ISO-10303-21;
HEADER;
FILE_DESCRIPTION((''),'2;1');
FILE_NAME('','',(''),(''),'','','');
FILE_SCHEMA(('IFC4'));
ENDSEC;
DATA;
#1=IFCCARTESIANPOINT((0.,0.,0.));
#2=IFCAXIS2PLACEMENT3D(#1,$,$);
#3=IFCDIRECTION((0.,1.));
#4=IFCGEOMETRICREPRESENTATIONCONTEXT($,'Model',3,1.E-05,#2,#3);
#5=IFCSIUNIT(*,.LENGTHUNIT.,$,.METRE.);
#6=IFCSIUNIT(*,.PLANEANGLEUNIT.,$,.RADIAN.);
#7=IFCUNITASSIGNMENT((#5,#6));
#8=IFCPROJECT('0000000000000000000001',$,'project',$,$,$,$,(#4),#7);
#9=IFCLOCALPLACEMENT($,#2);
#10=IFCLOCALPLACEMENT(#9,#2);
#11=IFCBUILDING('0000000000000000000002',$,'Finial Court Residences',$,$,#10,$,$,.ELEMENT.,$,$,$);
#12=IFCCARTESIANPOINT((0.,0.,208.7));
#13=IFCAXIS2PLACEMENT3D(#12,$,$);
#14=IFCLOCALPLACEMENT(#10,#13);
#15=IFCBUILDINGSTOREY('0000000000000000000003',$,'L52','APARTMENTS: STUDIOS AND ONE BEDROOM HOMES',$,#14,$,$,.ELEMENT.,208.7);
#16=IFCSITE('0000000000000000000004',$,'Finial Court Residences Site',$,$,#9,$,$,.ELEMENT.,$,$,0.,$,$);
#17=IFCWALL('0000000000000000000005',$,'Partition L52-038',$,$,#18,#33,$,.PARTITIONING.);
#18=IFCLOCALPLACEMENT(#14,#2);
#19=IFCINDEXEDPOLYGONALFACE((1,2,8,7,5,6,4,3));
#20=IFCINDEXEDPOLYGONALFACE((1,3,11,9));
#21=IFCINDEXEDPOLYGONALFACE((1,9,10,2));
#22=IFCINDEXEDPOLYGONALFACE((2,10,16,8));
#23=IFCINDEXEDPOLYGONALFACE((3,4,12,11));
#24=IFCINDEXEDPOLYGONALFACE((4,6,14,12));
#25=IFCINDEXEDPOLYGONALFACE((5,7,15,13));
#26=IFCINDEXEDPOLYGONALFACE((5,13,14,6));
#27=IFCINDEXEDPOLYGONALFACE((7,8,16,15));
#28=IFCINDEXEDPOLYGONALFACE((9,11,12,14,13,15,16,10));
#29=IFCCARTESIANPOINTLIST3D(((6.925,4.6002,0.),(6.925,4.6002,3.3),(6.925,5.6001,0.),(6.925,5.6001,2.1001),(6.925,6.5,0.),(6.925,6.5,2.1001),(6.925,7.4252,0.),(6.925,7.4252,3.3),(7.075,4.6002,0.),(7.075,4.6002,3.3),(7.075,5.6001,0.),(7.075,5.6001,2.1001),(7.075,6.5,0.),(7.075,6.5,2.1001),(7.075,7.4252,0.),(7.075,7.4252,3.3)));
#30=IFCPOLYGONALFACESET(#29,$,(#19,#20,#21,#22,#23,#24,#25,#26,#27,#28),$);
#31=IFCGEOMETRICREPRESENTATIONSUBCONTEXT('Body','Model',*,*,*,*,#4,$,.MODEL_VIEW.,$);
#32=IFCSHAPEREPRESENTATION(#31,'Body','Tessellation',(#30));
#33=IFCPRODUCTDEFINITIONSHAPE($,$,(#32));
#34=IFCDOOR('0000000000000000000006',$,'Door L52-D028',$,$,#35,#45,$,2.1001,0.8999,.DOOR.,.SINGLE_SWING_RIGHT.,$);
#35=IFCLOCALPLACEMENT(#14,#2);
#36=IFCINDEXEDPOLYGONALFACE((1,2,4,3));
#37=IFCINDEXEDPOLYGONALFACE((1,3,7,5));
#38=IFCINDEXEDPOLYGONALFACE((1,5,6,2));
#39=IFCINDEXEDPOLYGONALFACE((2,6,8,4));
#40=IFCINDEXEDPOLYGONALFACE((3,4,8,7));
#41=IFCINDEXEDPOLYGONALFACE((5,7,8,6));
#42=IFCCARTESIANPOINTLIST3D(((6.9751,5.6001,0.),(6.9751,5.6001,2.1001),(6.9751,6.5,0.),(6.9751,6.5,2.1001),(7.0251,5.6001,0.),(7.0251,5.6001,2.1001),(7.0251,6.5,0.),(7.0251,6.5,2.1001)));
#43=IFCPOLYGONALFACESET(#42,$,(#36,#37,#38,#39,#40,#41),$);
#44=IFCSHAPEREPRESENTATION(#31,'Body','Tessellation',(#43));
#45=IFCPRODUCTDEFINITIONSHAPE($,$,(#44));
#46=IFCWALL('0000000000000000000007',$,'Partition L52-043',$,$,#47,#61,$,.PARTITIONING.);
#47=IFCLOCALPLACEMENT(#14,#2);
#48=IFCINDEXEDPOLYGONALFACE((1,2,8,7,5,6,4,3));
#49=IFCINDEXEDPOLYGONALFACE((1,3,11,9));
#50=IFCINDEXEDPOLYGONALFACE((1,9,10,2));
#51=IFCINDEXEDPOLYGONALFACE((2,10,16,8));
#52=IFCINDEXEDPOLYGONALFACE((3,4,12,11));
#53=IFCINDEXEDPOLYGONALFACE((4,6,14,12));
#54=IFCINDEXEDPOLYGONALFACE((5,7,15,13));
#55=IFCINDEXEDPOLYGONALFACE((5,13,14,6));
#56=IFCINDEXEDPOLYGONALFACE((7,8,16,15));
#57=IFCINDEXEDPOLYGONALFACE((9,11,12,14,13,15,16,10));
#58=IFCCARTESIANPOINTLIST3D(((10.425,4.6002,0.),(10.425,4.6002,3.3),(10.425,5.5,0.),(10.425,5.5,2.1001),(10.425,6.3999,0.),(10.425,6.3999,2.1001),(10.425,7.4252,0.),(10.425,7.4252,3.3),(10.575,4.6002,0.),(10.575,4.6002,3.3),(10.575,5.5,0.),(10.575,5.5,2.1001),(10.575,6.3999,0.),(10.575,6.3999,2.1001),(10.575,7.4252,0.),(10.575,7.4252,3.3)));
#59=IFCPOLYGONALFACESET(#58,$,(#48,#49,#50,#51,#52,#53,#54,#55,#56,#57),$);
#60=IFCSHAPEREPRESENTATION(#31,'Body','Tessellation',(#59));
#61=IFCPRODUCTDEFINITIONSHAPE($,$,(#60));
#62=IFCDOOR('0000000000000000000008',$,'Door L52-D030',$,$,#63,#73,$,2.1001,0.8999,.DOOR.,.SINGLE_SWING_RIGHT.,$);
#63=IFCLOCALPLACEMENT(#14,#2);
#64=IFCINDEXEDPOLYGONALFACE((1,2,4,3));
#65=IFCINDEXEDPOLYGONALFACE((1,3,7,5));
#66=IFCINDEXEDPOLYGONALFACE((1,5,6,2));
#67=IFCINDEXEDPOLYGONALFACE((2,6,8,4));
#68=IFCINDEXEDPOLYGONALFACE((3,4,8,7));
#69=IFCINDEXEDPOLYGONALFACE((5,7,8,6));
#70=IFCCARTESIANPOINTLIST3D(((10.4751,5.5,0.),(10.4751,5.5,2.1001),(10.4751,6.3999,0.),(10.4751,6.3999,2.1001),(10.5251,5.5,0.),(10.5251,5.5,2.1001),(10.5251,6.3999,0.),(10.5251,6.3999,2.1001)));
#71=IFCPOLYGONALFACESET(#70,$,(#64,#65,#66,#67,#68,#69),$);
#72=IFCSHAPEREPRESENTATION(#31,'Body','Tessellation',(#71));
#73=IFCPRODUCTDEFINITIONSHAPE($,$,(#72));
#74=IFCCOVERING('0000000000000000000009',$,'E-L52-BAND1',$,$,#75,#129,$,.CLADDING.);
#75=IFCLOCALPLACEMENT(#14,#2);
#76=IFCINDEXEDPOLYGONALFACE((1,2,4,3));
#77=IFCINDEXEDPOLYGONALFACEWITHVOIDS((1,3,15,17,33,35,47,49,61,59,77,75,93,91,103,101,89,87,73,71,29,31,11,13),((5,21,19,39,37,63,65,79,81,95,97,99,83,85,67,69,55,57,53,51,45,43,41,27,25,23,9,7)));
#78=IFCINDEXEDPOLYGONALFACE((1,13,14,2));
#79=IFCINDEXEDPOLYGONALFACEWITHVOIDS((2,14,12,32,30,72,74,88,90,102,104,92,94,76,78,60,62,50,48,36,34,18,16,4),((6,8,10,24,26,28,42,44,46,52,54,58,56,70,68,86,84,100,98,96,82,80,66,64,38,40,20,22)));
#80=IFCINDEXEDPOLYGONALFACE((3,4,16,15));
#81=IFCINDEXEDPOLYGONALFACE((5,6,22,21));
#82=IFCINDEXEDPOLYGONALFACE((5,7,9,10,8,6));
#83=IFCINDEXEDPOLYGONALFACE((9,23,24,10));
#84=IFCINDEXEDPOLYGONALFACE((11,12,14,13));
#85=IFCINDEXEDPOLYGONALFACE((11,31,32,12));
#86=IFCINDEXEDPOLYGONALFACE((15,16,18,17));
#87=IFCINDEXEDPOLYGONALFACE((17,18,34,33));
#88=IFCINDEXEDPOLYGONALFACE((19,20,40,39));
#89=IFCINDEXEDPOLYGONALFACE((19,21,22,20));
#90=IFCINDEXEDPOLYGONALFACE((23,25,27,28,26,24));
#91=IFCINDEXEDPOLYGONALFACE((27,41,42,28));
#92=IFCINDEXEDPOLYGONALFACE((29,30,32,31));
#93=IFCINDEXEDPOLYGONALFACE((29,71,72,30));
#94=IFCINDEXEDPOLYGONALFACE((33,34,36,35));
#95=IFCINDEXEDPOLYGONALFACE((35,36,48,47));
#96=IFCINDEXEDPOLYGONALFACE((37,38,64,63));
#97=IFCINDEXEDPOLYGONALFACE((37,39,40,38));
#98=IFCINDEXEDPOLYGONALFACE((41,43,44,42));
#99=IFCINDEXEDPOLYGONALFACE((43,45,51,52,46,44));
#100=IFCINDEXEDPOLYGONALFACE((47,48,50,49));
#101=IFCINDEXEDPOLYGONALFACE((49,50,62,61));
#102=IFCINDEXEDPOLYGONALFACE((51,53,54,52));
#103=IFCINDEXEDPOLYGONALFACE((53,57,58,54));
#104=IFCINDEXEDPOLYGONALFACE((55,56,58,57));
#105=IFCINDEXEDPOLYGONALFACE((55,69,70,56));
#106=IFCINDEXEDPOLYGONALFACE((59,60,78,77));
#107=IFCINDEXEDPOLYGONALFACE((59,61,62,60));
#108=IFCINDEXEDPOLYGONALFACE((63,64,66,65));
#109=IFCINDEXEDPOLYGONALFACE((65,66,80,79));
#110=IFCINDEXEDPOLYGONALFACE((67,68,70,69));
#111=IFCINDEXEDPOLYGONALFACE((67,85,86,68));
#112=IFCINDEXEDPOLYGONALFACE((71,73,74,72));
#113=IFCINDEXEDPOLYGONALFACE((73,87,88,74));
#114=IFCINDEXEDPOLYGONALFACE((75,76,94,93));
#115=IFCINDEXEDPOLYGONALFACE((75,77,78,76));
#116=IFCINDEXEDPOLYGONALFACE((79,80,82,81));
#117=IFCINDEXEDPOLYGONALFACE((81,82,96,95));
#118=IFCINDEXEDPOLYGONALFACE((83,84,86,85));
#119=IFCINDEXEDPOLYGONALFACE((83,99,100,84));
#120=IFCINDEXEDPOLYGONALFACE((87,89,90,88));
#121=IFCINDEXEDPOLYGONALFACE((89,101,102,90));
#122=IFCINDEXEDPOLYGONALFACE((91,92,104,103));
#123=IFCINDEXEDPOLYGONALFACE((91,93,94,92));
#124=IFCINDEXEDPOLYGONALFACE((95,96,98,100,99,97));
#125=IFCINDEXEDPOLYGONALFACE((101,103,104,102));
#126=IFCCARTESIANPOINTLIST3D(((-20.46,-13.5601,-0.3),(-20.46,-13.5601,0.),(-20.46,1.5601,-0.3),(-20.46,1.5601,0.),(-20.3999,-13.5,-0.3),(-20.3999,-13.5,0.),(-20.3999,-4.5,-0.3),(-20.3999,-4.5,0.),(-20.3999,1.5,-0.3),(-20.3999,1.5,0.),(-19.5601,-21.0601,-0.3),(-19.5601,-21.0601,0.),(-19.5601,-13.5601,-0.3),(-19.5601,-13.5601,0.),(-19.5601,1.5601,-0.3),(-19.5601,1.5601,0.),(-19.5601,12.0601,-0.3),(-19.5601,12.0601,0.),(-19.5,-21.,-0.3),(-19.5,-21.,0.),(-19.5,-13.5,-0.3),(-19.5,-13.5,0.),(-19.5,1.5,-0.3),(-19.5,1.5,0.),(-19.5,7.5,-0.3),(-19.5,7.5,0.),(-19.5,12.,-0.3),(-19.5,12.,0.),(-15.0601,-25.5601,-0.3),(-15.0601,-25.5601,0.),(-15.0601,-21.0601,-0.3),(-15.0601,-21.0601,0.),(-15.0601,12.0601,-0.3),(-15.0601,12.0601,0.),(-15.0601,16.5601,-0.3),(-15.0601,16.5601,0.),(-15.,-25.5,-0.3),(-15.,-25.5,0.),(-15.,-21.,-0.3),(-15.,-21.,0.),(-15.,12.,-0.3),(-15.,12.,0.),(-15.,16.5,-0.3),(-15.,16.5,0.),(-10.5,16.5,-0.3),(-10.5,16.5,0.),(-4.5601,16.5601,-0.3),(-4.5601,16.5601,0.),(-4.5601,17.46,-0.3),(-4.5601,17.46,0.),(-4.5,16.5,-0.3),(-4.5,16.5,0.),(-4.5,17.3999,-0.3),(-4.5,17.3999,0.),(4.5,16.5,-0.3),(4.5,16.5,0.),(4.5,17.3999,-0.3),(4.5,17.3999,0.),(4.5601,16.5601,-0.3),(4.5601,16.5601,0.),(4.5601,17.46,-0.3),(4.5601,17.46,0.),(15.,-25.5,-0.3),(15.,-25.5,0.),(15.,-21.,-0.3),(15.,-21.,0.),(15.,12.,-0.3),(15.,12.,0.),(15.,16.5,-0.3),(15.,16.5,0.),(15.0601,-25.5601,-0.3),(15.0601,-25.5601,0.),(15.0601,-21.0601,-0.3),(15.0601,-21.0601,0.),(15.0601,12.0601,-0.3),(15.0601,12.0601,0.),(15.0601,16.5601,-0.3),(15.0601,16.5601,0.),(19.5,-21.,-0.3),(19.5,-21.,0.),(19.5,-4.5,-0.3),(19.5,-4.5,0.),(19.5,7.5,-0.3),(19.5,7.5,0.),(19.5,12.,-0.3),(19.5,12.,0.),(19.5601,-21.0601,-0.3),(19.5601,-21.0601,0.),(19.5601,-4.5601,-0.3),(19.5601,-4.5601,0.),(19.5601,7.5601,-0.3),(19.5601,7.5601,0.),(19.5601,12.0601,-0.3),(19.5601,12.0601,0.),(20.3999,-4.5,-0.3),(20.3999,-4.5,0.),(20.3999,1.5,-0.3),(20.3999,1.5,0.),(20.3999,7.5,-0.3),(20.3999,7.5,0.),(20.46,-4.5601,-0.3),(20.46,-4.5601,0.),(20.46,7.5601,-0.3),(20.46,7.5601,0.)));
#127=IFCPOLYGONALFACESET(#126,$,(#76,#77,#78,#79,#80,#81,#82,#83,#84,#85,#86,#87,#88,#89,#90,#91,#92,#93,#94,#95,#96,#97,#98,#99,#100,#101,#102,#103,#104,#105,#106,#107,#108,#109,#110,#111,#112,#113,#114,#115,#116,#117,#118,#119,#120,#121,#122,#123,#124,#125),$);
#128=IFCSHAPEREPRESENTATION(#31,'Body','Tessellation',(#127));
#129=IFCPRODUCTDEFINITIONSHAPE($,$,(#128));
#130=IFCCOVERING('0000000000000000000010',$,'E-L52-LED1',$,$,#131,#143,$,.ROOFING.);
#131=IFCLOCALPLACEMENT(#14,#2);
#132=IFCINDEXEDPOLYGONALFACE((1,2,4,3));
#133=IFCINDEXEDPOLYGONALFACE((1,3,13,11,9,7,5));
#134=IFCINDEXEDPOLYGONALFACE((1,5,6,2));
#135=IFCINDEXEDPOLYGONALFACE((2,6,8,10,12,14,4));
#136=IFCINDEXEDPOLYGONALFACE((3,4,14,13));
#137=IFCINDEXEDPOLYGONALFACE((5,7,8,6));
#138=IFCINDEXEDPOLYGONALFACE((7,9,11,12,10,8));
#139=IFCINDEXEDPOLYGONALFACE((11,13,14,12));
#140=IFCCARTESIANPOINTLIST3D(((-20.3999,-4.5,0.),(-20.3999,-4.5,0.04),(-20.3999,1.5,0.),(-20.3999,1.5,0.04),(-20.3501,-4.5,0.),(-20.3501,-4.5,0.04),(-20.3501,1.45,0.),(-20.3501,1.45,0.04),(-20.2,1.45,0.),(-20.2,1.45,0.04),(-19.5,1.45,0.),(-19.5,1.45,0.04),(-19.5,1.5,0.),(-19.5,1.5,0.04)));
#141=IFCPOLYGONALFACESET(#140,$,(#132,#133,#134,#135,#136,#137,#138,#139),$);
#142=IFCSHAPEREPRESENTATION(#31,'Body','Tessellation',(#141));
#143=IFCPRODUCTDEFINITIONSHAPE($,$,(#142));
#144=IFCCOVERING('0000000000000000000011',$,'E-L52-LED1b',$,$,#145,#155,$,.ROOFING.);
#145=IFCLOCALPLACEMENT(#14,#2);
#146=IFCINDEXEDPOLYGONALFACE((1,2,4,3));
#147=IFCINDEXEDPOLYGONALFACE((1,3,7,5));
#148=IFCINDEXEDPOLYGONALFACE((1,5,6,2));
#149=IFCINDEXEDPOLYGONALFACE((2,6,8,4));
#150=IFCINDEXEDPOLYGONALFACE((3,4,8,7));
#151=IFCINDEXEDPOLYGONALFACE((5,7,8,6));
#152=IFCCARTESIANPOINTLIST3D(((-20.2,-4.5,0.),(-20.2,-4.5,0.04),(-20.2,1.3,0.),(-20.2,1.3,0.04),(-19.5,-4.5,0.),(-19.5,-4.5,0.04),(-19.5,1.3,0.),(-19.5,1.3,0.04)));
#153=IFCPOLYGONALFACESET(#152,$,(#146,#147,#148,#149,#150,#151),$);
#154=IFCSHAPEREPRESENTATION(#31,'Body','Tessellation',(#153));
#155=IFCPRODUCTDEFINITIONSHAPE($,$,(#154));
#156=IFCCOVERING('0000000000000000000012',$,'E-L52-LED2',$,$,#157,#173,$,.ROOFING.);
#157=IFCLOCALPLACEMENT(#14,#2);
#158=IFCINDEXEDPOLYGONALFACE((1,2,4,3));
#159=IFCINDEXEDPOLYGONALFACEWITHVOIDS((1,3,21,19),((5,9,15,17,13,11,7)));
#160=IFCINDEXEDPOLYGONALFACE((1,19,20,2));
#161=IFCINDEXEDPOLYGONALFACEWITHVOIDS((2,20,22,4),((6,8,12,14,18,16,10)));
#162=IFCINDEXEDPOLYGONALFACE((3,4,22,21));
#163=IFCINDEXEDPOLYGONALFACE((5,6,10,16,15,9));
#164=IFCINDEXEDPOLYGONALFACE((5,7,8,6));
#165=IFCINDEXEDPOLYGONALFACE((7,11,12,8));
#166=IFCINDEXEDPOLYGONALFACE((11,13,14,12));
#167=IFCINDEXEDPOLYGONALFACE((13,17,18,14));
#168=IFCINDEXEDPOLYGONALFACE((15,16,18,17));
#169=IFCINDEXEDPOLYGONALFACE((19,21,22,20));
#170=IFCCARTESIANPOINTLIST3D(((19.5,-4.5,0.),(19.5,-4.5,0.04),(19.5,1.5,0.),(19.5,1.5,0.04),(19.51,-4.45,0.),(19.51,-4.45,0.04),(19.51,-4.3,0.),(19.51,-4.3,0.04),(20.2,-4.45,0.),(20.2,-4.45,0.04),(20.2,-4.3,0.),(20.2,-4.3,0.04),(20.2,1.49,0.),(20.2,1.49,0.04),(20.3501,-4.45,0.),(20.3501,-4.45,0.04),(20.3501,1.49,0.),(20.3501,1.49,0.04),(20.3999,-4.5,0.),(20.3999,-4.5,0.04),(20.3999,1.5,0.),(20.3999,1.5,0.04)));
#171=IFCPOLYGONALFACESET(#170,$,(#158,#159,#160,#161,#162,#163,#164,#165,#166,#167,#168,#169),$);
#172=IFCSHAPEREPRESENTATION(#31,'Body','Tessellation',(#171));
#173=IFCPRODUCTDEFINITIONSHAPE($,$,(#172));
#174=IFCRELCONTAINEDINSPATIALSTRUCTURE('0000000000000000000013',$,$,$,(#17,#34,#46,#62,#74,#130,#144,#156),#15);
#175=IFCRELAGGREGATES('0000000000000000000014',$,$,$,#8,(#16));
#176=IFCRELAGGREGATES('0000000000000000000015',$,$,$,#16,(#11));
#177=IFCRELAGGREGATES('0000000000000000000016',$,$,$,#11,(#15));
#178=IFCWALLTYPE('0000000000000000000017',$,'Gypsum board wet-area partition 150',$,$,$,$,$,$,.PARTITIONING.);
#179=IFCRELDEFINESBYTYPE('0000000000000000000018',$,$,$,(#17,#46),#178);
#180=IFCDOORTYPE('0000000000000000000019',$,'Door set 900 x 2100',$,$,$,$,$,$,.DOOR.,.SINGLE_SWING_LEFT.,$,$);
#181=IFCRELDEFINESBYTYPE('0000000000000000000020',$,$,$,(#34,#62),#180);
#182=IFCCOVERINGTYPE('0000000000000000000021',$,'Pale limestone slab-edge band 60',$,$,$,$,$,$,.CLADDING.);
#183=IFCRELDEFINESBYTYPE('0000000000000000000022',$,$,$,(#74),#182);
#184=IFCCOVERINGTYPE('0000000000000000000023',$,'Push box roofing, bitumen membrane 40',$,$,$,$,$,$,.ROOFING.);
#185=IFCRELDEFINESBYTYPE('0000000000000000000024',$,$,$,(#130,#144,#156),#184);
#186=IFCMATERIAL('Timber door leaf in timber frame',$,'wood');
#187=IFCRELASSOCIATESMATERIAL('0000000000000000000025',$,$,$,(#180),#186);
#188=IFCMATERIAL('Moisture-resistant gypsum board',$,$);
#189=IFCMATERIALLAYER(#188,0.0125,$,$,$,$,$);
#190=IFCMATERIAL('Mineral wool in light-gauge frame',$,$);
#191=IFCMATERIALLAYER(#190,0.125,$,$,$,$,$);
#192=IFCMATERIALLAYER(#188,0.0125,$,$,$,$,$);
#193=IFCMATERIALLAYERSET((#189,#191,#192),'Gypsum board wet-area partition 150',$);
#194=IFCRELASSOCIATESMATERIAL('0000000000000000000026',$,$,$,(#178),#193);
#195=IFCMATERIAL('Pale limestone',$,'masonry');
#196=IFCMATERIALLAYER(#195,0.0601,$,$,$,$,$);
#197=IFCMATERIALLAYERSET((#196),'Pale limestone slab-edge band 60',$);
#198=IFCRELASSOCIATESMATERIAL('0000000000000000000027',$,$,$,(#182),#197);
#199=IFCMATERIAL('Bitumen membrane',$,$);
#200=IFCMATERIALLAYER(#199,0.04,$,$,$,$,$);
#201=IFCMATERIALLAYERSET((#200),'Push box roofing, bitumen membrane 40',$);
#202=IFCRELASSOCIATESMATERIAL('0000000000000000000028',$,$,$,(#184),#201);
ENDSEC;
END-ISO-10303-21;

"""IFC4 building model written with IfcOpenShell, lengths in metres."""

from ifc_helpers import new_model, si_unit, direction, frame, frame_2d, origin, place, context, subcontext, project, spatial, polyline, rectangle, outline, extrude, material, layer, layer_set, type_object, element, fill, save


model = new_model("IFC4")

# Units and contexts
model_context = context("Model", 3, precision=1e-05, world=origin(), true_north=direction((0.0, 1.0)))
body_context = subcontext(model_context, "Body", "Model", "MODEL_VIEW")
ifc_project = project(units=[si_unit("LENGTHUNIT", "METRE"), si_unit("PLANEANGLEUNIT", "RADIAN")], contexts=[model_context])

# Site, building, storey
site_placement = place(None, origin())
site = spatial("IfcSite", under=ifc_project, at=site_placement, Name="Finial Court Residences Site", CompositionType="ELEMENT", RefElevation=0.0)
building_placement = place(site_placement, origin())
building = spatial("IfcBuilding", under=site, at=building_placement, Name="Finial Court Residences", CompositionType="ELEMENT")
storey_placement = place(building_placement, frame((0.0, 0.0, 208.7)))
storey = spatial("IfcBuildingStorey", under=building, at=storey_placement, Name="L52", Description="APARTMENTS: STUDIOS AND ONE BEDROOM HOMES", CompositionType="ELEMENT", Elevation=208.7)

# Shared definitions
ifc_material_1 = material(Name="Mineral wool in light-gauge frame")

# Shared definitions
ifc_material_2 = material(Name="Timber door leaf in timber frame", Category="wood")
door_type = type_object("IfcDoorType", Name="Door set 900 x 2100", OperationType="SINGLE_SWING_LEFT", PredefinedType="DOOR", material=ifc_material_2)

# Shared definitions
ifc_material_3 = material(Name="Moisture-resistant gypsum board")
ifc_layer_1 = layer(ifc_material_3, 0.0125)
ifc_layer_2 = layer(ifc_material_1, 0.125)
ifc_layer_3 = layer(ifc_material_3, 0.0125)
ifc_layer_set_1 = layer_set([ifc_layer_1, ifc_layer_2, ifc_layer_3], Name="Gypsum board wet-area partition 150")
wall_type_1 = type_object("IfcWallType", Name="Gypsum board wet-area partition 150", PredefinedType="PARTITIONING", material=ifc_layer_set_1)

# Walls, openings, doors
wall_1_placement = place(storey_placement, frame((7.0, 4.6001, 0.0), z_axis=(0.0, 0.0, 1.0), x_axis=(0.0, 1.0, 0.0)))
wall_1 = element("IfcWall", 1, at=wall_1_placement, inside=storey, type_object=wall_type_1, Name="Partition L52-038", PredefinedType="PARTITIONING", context=body_context, shape_type="SweptSolid", body=[
    extrude(rectangle(XDim=2.825, YDim=0.1499, at=frame_2d((1.4126, 0.0))), origin(), (0.0, 0.0, 1.0), 3.3),
])
opening_1_placement = place(wall_1_placement, frame((1.0, 0.0, 0.0)))
opening_1 = element("IfcOpeningElement", 2, at=opening_1_placement, cuts=wall_1, PredefinedType="OPENING", context=body_context, shape_type="SweptSolid", body=[
    extrude(rectangle(XDim=0.8999, YDim=2.1001, at=frame_2d((0.45, 1.05))), frame((0.0, 0.085, 0.0), z_axis=(0.0, -1.0, 0.0), x_axis=(1.0, 0.0, 0.0)), (0.0, 0.0, 1.0), 0.1699),
])
door_1_placement = place(opening_1_placement, origin())
door_1 = element("IfcDoor", 3, at=door_1_placement, inside=storey, type_object=door_type, Name="Door L52-D028", OperationType="SINGLE_SWING_RIGHT", OverallHeight=2.1001, OverallWidth=0.8999, PredefinedType="DOOR", context=body_context, shape_type="SweptSolid", body=[
    extrude(rectangle(XDim=0.8999, YDim=2.1001, at=frame_2d((0.45, 1.05))), frame((0.0, 0.0249, 0.0), z_axis=(0.0, -1.0, 0.0), x_axis=(1.0, 0.0, 0.0)), (0.0, 0.0, 1.0), 0.05),
])
fill(opening_1, door_1)
wall_2_placement = place(storey_placement, frame((10.5, 4.6001, 0.0), z_axis=(0.0, 0.0, 1.0), x_axis=(0.0, 1.0, 0.0)))
wall_2 = element("IfcWall", 4, at=wall_2_placement, inside=storey, type_object=wall_type_1, Name="Partition L52-043", PredefinedType="PARTITIONING", context=body_context, shape_type="SweptSolid", body=[
    extrude(rectangle(XDim=2.825, YDim=0.1499, at=frame_2d((1.4126, 0.0))), origin(), (0.0, 0.0, 1.0), 3.3),
])
opening_2_placement = place(wall_2_placement, frame((0.8999, 0.0, 0.0)))
opening_2 = element("IfcOpeningElement", 5, at=opening_2_placement, cuts=wall_2, PredefinedType="OPENING", context=body_context, shape_type="SweptSolid", body=[
    extrude(rectangle(XDim=0.8999, YDim=2.1001, at=frame_2d((0.45, 1.05))), frame((0.0, 0.085, 0.0), z_axis=(0.0, -1.0, 0.0), x_axis=(1.0, 0.0, 0.0)), (0.0, 0.0, 1.0), 0.1699),
])
door_2_placement = place(opening_2_placement, origin())
door_2 = element("IfcDoor", 6, at=door_2_placement, inside=storey, type_object=door_type, Name="Door L52-D030", OperationType="SINGLE_SWING_RIGHT", OverallHeight=2.1001, OverallWidth=0.8999, PredefinedType="DOOR", context=body_context, shape_type="SweptSolid", body=[
    extrude(rectangle(XDim=0.8999, YDim=2.1001, at=frame_2d((0.45, 1.05))), frame((0.0, 0.0249, 0.0), z_axis=(0.0, -1.0, 0.0), x_axis=(1.0, 0.0, 0.0)), (0.0, 0.0, 1.0), 0.05),
])
fill(opening_2, door_2)

# Coverings
ifc_material_4 = material(Name="Pale limestone", Category="masonry")
ifc_layer_4 = layer(ifc_material_4, 0.0601)
ifc_layer_set_2 = layer_set([ifc_layer_4], Name="Pale limestone slab-edge band 60")
covering_type_1 = type_object("IfcCoveringType", Name="Pale limestone slab-edge band 60", PredefinedType="CLADDING", material=ifc_layer_set_2)
covering_1_placement = place(storey_placement, frame((0.0, 0.0, -0.3)))
element("IfcCovering", 7, at=covering_1_placement, inside=storey, type_object=covering_type_1, Name="E-L52-BAND1", PredefinedType="CLADDING", context=body_context, shape_type="SweptSolid", body=[
    extrude(outline(polyline([(-15.0601, 12.0601), (-15.0601, 16.5601), (-4.5601, 16.5601), (-4.5601, 17.46), (4.5601, 17.46), (4.5601, 16.5601), (15.0601, 16.5601), (15.0601, 12.0601), (19.5601, 12.0601), (19.5601, 7.5601), (20.46, 7.5601), (20.46, -4.5601), (19.5601, -4.5601), (19.5601, -21.0601), (15.0601, -21.0601), (15.0601, -25.5601), (-15.0601, -25.5601), (-15.0601, -21.0601), (-19.5601, -21.0601), (-19.5601, -13.5601), (-20.46, -13.5601), (-20.46, 1.5601), (-19.5601, 1.5601), (-19.5601, 12.0601), (-15.0601, 12.0601)]), holes=[polyline([(-19.5, 7.5), (-19.5, 1.5), (-20.3999, 1.5), (-20.3999, -4.5), (-20.3999, -13.5), (-19.5, -13.5), (-19.5, -21.0), (-15.0, -21.0), (-15.0, -25.5), (15.0, -25.5), (15.0, -21.0), (19.5, -21.0), (19.5, -4.5), (20.3999, -4.5), (20.3999, 1.5), (20.3999, 7.5), (19.5, 7.5), (19.5, 12.0), (15.0, 12.0), (15.0, 16.5), (4.5, 16.5), (4.5, 17.3999), (-4.5, 17.3999), (-4.5, 16.5), (-10.5, 16.5), (-15.0, 16.5), (-15.0, 12.0), (-19.5, 12.0), (-19.5, 7.5)])]), origin(), (0.0, 0.0, 1.0), 0.3),
])
ifc_material_5 = material(Name="Bitumen membrane")
ifc_layer_5 = layer(ifc_material_5, 0.04)
ifc_layer_set_3 = layer_set([ifc_layer_5], Name="Push box roofing, bitumen membrane 40")
covering_type_2 = type_object("IfcCoveringType", Name="Push box roofing, bitumen membrane 40", PredefinedType="ROOFING", material=ifc_layer_set_3)
covering_2_placement = place(storey_placement, origin())
element("IfcCovering", 8, at=covering_2_placement, inside=storey, type_object=covering_type_2, Name="E-L52-LED1", PredefinedType="ROOFING", context=body_context, shape_type="SweptSolid", body=[
    extrude(outline(polyline([(-20.3999, 1.5), (-19.5, 1.5), (-19.5, 1.45), (-20.2, 1.45), (-20.3501, 1.45), (-20.3501, -4.5), (-20.3999, -4.5), (-20.3999, 1.5)])), origin(), (0.0, 0.0, 1.0), 0.04),
])
covering_3_placement = place(storey_placement, origin())
element("IfcCovering", 9, at=covering_3_placement, inside=storey, type_object=covering_type_2, Name="E-L52-LED1b", PredefinedType="ROOFING", context=body_context, shape_type="SweptSolid", body=[
    extrude(outline(polyline([(-19.5, -4.5), (-20.2, -4.5), (-20.2, 1.3), (-19.5, 1.3), (-19.5, -4.5)])), origin(), (0.0, 0.0, 1.0), 0.04),
])
covering_4_placement = place(storey_placement, origin())
element("IfcCovering", 10, at=covering_4_placement, inside=storey, type_object=covering_type_2, Name="E-L52-LED2", PredefinedType="ROOFING", context=body_context, shape_type="SweptSolid", body=[
    extrude(outline(polyline([(19.5, 1.5), (20.3999, 1.5), (20.3999, -4.5), (19.5, -4.5), (19.5, 1.5)]), holes=[polyline([(19.51, -4.45), (20.2, -4.45), (20.3501, -4.45), (20.3501, 1.49), (20.2, 1.49), (20.2, -4.3), (19.51, -4.3), (19.51, -4.45)])]), origin(), (0.0, 0.0, 1.0), 0.04),
])

save(model, "model.ifc")
